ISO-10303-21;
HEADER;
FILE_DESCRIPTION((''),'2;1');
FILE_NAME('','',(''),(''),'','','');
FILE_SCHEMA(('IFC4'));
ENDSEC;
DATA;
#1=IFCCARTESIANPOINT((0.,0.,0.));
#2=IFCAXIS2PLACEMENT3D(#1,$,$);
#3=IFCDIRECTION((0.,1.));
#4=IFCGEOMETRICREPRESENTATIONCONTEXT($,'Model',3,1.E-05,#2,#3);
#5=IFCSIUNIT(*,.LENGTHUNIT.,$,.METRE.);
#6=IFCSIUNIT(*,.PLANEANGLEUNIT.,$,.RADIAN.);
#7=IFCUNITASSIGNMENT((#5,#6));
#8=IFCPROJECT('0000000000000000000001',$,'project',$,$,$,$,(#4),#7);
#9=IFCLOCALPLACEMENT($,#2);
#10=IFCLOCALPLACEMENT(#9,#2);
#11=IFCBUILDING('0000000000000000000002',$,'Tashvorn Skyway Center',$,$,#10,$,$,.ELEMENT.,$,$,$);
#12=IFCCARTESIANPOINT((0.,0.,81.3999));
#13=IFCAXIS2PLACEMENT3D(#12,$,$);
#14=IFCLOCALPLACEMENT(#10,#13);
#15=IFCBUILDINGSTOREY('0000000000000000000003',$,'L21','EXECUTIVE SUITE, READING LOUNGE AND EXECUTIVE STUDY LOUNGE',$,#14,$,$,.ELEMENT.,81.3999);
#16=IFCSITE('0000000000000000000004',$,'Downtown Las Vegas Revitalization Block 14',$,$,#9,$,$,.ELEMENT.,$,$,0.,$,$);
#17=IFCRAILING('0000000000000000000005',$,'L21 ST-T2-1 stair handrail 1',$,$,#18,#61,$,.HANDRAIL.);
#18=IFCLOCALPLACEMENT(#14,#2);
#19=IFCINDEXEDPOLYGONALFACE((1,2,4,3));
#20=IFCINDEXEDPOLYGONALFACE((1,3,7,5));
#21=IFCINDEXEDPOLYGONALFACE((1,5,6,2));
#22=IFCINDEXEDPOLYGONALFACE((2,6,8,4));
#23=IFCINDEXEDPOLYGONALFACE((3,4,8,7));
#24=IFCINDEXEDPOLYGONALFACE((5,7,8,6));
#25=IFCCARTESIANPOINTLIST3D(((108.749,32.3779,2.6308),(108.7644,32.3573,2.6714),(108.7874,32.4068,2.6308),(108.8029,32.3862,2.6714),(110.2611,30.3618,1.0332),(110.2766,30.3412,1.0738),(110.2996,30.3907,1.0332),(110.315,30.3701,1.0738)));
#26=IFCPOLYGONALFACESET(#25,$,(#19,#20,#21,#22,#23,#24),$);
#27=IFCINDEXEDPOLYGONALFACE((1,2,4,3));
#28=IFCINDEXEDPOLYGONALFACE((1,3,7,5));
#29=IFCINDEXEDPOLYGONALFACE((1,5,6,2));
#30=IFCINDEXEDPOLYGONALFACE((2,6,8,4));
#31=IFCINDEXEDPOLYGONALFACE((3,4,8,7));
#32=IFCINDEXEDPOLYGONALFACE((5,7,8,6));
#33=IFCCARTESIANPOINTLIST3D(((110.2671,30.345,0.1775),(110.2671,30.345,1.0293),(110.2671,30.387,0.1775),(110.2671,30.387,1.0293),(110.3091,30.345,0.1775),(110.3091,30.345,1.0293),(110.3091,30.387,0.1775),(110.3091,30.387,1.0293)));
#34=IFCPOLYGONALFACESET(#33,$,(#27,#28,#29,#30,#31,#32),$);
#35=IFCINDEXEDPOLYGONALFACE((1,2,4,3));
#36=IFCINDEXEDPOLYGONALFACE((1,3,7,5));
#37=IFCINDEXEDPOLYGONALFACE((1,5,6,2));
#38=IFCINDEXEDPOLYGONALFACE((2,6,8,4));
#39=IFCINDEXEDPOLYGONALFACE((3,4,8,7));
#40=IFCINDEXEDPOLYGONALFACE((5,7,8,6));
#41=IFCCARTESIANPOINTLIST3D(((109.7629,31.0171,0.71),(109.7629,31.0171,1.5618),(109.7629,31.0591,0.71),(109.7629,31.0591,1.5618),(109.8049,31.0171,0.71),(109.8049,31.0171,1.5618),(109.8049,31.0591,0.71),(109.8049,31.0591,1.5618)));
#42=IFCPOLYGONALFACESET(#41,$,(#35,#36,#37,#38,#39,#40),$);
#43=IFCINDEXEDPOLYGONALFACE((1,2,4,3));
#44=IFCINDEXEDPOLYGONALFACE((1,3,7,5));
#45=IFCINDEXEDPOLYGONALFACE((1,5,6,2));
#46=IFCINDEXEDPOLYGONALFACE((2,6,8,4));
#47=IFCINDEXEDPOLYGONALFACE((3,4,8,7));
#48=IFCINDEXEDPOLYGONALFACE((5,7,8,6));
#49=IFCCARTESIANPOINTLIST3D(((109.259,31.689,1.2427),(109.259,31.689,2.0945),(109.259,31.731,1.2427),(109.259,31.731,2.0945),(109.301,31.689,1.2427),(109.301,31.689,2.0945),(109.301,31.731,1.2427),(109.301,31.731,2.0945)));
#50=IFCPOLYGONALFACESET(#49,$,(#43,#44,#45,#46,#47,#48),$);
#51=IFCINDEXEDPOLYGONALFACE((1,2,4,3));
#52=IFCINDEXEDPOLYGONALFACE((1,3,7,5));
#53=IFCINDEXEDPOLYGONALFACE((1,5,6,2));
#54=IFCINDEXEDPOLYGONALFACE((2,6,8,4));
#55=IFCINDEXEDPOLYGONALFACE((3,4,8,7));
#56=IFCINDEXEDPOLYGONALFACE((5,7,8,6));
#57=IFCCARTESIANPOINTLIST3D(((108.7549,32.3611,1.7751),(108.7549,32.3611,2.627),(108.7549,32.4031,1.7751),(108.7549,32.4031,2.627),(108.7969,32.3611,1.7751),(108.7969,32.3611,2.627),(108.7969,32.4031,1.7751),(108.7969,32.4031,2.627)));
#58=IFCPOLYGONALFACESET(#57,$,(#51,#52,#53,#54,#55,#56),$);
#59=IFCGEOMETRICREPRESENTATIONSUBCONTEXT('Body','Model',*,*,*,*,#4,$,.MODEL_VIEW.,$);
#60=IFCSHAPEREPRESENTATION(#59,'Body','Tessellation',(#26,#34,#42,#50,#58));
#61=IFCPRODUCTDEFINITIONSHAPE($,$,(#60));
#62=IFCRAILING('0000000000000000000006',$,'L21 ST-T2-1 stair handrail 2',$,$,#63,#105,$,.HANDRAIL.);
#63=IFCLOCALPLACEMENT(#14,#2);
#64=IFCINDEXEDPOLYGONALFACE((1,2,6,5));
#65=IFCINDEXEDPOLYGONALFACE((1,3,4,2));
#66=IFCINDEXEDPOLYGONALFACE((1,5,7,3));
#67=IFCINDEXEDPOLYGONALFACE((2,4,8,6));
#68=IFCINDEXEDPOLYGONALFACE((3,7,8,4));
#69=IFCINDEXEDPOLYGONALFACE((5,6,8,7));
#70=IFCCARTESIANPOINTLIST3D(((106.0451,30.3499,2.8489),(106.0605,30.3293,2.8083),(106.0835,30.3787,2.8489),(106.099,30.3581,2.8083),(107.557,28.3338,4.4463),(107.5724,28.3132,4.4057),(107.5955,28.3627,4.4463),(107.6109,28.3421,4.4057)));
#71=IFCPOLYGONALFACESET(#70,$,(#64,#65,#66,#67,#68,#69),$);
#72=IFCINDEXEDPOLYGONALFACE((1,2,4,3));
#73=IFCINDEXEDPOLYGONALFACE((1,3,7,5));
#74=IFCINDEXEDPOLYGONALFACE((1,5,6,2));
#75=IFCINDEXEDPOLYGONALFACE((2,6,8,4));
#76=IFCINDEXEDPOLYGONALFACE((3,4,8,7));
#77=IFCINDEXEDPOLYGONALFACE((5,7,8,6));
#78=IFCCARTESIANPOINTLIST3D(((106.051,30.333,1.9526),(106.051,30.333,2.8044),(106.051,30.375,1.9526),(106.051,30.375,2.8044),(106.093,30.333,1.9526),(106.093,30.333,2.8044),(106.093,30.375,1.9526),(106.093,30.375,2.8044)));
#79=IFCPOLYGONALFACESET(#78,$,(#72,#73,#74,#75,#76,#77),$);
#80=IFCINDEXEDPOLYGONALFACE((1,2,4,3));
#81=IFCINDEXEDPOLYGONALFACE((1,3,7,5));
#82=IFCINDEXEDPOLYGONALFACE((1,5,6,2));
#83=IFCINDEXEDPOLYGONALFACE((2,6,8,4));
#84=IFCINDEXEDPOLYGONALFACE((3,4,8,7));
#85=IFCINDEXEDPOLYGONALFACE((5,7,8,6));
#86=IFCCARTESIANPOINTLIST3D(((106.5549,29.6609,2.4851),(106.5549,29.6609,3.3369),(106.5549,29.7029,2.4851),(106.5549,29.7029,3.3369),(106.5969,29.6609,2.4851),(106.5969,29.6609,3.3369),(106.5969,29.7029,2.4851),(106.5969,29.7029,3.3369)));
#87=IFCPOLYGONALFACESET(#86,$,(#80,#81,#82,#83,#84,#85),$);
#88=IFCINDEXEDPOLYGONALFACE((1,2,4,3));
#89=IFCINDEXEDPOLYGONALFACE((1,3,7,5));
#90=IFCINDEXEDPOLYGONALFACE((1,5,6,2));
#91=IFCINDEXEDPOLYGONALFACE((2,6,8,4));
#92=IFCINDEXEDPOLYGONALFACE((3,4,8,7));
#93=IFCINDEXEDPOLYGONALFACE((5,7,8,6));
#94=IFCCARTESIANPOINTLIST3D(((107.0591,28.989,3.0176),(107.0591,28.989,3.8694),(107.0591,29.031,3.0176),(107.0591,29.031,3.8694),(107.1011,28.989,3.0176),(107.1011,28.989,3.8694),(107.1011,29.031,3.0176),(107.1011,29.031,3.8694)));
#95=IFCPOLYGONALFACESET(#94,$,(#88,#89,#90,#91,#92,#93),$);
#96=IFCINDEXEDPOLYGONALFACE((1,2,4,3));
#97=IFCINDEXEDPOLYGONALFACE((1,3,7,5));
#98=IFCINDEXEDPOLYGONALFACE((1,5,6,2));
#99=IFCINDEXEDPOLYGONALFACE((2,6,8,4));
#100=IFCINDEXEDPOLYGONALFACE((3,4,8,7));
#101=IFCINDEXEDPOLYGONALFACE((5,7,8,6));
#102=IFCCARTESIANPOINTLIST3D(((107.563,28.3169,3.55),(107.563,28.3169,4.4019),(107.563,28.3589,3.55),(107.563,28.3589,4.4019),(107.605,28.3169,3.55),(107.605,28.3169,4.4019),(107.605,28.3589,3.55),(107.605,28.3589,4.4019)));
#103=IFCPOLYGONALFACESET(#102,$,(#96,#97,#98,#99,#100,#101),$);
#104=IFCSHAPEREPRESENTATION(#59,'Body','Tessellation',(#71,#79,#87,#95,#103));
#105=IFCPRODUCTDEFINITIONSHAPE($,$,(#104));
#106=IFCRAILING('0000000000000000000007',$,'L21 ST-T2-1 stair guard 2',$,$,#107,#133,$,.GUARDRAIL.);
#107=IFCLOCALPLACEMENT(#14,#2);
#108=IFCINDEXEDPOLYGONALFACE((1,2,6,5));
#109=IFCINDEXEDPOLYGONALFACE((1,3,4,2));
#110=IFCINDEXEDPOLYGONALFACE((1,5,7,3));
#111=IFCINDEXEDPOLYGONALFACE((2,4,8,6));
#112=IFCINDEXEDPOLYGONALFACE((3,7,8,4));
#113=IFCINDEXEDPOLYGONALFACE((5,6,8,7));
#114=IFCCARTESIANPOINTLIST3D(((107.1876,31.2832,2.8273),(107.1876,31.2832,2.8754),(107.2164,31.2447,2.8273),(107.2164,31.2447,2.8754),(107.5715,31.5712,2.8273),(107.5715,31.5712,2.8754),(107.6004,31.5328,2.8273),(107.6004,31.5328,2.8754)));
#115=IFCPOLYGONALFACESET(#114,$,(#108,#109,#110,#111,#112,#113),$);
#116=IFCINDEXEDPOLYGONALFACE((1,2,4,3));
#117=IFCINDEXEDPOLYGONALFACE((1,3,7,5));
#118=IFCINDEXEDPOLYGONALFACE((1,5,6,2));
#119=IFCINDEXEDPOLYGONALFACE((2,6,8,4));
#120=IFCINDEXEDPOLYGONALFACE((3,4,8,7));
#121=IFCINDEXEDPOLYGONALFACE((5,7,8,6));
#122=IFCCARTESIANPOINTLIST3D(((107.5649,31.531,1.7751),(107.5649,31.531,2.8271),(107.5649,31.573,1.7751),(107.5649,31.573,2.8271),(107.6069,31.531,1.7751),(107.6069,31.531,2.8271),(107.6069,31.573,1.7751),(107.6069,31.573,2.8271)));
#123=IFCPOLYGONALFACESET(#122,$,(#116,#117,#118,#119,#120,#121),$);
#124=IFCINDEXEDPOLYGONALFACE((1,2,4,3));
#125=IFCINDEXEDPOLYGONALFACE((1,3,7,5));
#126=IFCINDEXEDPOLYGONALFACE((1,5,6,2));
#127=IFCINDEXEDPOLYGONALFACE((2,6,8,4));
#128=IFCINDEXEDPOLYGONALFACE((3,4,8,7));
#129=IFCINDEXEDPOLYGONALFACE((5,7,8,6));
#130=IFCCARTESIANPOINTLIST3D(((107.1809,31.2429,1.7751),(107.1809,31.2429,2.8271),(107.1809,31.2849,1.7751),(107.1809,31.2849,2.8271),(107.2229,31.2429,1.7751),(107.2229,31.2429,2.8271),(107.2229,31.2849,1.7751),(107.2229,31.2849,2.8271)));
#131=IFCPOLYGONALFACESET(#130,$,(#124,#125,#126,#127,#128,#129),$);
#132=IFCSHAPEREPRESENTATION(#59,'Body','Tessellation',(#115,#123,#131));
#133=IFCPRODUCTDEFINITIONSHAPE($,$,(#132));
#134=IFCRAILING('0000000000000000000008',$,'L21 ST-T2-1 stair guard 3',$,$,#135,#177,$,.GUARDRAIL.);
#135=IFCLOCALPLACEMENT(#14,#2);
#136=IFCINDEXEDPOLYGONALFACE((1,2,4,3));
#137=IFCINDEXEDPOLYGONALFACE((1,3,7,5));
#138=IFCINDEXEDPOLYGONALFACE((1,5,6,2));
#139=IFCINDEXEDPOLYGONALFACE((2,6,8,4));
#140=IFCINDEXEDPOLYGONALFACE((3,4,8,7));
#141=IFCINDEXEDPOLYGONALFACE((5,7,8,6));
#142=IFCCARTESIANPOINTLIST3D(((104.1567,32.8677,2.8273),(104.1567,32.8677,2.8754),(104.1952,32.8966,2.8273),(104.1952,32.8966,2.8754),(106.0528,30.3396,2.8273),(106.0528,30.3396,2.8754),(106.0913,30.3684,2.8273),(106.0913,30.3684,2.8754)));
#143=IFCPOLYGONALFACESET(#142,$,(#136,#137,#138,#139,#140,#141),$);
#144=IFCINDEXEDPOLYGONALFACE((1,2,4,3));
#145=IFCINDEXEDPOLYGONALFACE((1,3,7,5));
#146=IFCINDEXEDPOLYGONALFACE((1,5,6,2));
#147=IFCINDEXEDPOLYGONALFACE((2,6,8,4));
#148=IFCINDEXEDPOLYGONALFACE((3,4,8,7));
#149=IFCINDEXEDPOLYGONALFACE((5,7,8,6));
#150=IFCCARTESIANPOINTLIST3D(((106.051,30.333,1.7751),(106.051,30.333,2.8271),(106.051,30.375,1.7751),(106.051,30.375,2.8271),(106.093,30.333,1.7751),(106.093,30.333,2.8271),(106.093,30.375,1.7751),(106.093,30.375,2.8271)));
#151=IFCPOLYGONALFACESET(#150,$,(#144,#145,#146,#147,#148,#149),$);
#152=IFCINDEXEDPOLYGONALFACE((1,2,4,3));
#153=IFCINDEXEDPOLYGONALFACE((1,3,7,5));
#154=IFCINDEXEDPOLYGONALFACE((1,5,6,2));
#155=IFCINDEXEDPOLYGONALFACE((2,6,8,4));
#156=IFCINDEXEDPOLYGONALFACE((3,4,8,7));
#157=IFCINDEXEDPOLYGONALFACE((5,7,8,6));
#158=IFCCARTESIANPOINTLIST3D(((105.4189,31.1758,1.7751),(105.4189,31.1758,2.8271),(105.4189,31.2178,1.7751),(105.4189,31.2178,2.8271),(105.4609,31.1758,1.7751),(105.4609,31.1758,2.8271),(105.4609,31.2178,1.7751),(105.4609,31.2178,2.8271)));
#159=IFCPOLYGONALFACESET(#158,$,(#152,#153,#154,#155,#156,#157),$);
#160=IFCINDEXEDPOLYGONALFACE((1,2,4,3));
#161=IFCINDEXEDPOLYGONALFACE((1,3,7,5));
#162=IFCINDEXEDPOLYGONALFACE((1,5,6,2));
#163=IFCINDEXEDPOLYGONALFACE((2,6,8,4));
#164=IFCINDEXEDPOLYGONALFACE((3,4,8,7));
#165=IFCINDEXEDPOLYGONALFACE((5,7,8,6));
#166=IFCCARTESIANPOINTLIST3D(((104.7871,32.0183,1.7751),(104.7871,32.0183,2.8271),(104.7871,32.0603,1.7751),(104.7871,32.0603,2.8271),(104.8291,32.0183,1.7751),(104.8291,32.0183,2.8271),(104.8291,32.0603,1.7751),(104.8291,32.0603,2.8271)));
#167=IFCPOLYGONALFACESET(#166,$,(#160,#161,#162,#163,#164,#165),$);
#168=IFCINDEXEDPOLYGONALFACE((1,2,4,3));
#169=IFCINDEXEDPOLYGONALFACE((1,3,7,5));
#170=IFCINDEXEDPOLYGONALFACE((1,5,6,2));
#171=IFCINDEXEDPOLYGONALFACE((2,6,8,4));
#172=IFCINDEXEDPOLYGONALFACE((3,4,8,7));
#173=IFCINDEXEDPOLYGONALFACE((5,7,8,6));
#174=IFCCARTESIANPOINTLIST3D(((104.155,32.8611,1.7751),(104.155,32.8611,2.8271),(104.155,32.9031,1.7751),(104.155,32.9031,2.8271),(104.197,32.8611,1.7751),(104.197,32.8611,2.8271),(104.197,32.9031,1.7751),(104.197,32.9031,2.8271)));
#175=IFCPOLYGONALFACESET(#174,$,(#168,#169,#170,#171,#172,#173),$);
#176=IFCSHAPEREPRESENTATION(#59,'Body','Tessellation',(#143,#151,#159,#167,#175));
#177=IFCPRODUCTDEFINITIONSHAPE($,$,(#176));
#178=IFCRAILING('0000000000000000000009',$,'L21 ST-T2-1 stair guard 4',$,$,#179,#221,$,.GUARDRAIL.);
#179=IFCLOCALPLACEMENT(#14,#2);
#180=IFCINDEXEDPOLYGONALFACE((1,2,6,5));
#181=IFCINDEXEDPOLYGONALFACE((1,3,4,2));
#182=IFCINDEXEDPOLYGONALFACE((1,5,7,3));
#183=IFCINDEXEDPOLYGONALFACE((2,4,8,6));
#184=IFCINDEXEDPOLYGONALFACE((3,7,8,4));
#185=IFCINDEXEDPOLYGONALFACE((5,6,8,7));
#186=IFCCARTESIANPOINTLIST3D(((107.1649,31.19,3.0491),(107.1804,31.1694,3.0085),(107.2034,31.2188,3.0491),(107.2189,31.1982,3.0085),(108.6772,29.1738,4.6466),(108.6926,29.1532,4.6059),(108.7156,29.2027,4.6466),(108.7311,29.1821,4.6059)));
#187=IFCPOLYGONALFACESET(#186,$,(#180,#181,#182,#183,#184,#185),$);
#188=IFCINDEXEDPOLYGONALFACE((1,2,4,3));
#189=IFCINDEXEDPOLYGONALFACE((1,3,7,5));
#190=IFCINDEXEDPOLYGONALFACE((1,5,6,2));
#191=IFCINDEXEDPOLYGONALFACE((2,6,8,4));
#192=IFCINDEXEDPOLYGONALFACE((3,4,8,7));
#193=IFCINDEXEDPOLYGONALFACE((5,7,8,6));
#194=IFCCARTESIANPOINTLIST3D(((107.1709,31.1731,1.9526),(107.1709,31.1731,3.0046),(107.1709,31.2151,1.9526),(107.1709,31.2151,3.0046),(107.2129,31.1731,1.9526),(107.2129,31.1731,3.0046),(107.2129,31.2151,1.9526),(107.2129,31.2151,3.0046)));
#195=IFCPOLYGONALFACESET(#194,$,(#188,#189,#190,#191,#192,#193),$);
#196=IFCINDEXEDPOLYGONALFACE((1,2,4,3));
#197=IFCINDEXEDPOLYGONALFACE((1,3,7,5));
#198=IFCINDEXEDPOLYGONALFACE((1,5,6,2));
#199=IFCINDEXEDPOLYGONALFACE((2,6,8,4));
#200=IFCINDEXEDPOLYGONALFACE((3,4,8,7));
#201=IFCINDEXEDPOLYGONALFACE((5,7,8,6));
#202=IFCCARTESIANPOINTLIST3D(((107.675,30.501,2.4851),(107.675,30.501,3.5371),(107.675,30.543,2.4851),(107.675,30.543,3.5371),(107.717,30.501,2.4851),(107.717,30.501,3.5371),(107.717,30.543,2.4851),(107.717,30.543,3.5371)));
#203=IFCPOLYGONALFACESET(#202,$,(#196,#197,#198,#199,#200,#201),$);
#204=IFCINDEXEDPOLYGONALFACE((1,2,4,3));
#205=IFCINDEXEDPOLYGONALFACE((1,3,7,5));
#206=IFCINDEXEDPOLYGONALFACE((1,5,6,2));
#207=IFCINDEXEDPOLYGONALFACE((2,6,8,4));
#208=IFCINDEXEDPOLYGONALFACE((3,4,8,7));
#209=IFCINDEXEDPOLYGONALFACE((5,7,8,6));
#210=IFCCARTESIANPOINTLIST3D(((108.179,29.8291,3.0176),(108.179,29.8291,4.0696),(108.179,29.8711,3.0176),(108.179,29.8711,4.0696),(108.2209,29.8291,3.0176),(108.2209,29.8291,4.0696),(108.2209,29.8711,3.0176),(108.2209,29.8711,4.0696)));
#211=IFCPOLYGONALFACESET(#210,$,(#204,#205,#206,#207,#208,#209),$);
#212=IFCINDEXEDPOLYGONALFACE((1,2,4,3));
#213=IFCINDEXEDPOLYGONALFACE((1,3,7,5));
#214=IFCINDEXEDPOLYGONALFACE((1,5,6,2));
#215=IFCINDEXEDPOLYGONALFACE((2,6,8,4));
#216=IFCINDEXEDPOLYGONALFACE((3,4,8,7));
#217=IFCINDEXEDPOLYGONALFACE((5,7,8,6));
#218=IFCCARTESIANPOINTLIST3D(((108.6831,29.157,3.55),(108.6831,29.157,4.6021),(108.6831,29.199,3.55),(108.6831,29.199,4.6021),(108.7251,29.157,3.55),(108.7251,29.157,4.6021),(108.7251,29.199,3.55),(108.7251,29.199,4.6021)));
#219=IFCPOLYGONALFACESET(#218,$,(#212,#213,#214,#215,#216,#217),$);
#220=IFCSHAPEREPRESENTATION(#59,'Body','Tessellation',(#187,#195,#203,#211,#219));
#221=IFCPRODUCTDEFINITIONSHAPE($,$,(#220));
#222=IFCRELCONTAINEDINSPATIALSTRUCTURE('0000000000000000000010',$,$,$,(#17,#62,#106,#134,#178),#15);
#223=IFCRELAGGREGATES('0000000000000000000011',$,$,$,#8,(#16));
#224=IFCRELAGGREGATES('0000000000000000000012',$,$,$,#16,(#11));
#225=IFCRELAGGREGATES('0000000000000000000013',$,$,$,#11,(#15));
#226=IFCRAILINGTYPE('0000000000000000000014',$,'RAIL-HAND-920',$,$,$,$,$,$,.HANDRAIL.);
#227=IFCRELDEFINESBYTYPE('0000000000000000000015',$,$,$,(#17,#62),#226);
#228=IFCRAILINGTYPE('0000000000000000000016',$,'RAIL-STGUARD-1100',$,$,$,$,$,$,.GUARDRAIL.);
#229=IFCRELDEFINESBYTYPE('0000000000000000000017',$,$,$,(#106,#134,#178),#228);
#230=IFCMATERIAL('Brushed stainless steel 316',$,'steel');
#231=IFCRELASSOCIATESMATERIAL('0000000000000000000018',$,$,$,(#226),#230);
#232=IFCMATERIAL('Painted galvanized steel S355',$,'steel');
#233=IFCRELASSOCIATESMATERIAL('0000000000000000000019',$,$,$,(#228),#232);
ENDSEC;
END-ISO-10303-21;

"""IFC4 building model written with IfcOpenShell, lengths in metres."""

from ifc_helpers import new_model, si_unit, direction, frame, origin, origin_2d, place, context, subcontext, project, spatial, rectangle, extrude, material, type_object, element, save


model = new_model("IFC4")

# Units and contexts
model_context = context("Model", 3, precision=1e-05, world=origin(), true_north=direction((0.0, 1.0)))
body_context = subcontext(model_context, "Body", "Model", "MODEL_VIEW")
ifc_project = project(units=[si_unit("LENGTHUNIT", "METRE"), si_unit("PLANEANGLEUNIT", "RADIAN")], contexts=[model_context])

# Site, building, storey
site_placement = place(None, origin())
site = spatial("IfcSite", under=ifc_project, at=site_placement, Name="Downtown Las Vegas Revitalization Block 14", CompositionType="ELEMENT", RefElevation=0.0)
building_placement = place(site_placement, origin())
building = spatial("IfcBuilding", under=site, at=building_placement, Name="Tashvorn Skyway Center", CompositionType="ELEMENT")
storey_placement = place(building_placement, frame((0.0, 0.0, 81.3999)))
storey = spatial("IfcBuildingStorey", under=building, at=storey_placement, Name="L21", Description="EXECUTIVE SUITE, READING LOUNGE AND EXECUTIVE STUDY LOUNGE", CompositionType="ELEMENT", Elevation=81.3999)

# Railings
ifc_material_1 = material(Name="Brushed stainless steel 316", Category="steel")
railing_type_1 = type_object("IfcRailingType", Name="RAIL-HAND-920", PredefinedType="HANDRAIL", material=ifc_material_1)
railing_1_placement = place(storey_placement, frame((110.2881, 30.366, 0.1775)))
element("IfcRailing", 1, at=railing_1_placement, inside=storey, type_object=railing_type_1, Name="L21 ST-T2-1 stair handrail 1", PredefinedType="HANDRAIL", context=body_context, shape_type="SweptSolid", body=[
    extrude(rectangle(XDim=0.0481, YDim=0.0481, at=origin_2d()), frame((0.0, 0.0, 0.876), z_axis=(-0.506779, 0.675651, 0.535416), x_axis=(-0.799977, -0.600031, 0.0)), (0.0, 0.0, 1.0), 2.9839),
    extrude(rectangle(XDim=0.042, YDim=0.042, at=origin_2d()), origin(), (0.0, 0.0, 1.0), 0.8518),
    extrude(rectangle(XDim=0.042, YDim=0.042, at=origin_2d()), frame((-0.5042, 0.6721, 0.5325)), (0.0, 0.0, 1.0), 0.8518),
    extrude(rectangle(XDim=0.042, YDim=0.042, at=origin_2d()), frame((-1.0081, 1.344, 1.0652)), (0.0, 0.0, 1.0), 0.8518),
    extrude(rectangle(XDim=0.042, YDim=0.042, at=origin_2d()), frame((-1.5122, 2.0161, 1.5977)), (0.0, 0.0, 1.0), 0.8518),
])
railing_2_placement = place(storey_placement, frame((106.072, 30.354, 1.9526)))
element("IfcRailing", 2, at=railing_2_placement, inside=storey, type_object=railing_type_1, Name="L21 ST-T2-1 stair handrail 2", PredefinedType="HANDRAIL", context=body_context, shape_type="SweptSolid", body=[
    extrude(rectangle(XDim=0.0481, YDim=0.0481, at=origin_2d()), frame((0.0, 0.0, 0.876), z_axis=(0.506741, -0.675709, 0.535379), x_axis=(0.800023, 0.599969, 0.0)), (0.0, 0.0, 1.0), 2.9836),
    extrude(rectangle(XDim=0.042, YDim=0.042, at=origin_2d()), origin(), (0.0, 0.0, 1.0), 0.8518),
    extrude(rectangle(XDim=0.042, YDim=0.042, at=origin_2d()), frame((0.5039, -0.6721, 0.5325)), (0.0, 0.0, 1.0), 0.8518),
    extrude(rectangle(XDim=0.042, YDim=0.042, at=origin_2d()), frame((1.0081, -1.344, 1.0649)), (0.0, 0.0, 1.0), 0.8518),
    extrude(rectangle(XDim=0.042, YDim=0.042, at=origin_2d()), frame((1.512, -2.0161, 1.5974)), (0.0, 0.0, 1.0), 0.8518),
])
ifc_material_2 = material(Name="Painted galvanized steel S355", Category="steel")
railing_type_2 = type_object("IfcRailingType", Name="RAIL-STGUARD-1100", PredefinedType="GUARDRAIL", material=ifc_material_2)
railing_3_placement = place(storey_placement, frame((107.5859, 31.552, 1.7751)))
element("IfcRailing", 3, at=railing_3_placement, inside=storey, type_object=railing_type_2, Name="L21 ST-T2-1 stair guard 2", PredefinedType="GUARDRAIL", context=body_context, shape_type="SweptSolid", body=[
    extrude(rectangle(XDim=0.0481, YDim=0.0481, at=origin_2d()), frame((0.0, 0.0, 1.0762), z_axis=(-0.799939, -0.600081, 0.0), x_axis=(0.600081, -0.799939, 0.0)), (0.0, 0.0, 1.0), 0.48),
    extrude(rectangle(XDim=0.042, YDim=0.042, at=origin_2d()), origin(), (0.0, 0.0, 1.0), 1.052),
    extrude(rectangle(XDim=0.042, YDim=0.042, at=origin_2d()), frame((-0.384, -0.2881, 0.0)), (0.0, 0.0, 1.0), 1.052),
])
railing_4_placement = place(storey_placement, frame((106.072, 30.354, 1.7751)))
element("IfcRailing", 4, at=railing_4_placement, inside=storey, type_object=railing_type_2, Name="L21 ST-T2-1 stair guard 3", PredefinedType="GUARDRAIL", context=body_context, shape_type="SweptSolid", body=[
    extrude(rectangle(XDim=0.0481, YDim=0.0481, at=origin_2d()), frame((0.0, 0.0, 1.0762), z_axis=(-0.599988, 0.800009, 0.0), x_axis=(-0.800009, -0.599988, 0.0)), (0.0, 0.0, 1.0), 3.1602),
    extrude(rectangle(XDim=0.042, YDim=0.042, at=origin_2d()), origin(), (0.0, 0.0, 1.0), 1.052),
    extrude(rectangle(XDim=0.042, YDim=0.042, at=origin_2d()), frame((-0.6321, 0.8428, 0.0)), (0.0, 0.0, 1.0), 1.052),
    extrude(rectangle(XDim=0.042, YDim=0.042, at=origin_2d()), frame((-1.2639, 1.6853, 0.0)), (0.0, 0.0, 1.0), 1.052),
    extrude(rectangle(XDim=0.042, YDim=0.042, at=origin_2d()), frame((-1.896, 2.5281, 0.0)), (0.0, 0.0, 1.0), 1.052),
])
railing_5_placement = place(storey_placement, frame((107.1919, 31.1941, 1.9526)))
element("IfcRailing", 5, at=railing_5_placement, inside=storey, type_object=railing_type_2, Name="L21 ST-T2-1 stair guard 4", PredefinedType="GUARDRAIL", context=body_context, shape_type="SweptSolid", body=[
    extrude(rectangle(XDim=0.0481, YDim=0.0481, at=origin_2d()), frame((0.0, 0.0, 1.0762), z_axis=(0.506802, -0.675681, 0.535357), x_axis=(0.799977, 0.600031, 0.0)), (0.0, 0.0, 1.0), 2.9839),
    extrude(rectangle(XDim=0.042, YDim=0.042, at=origin_2d()), origin(), (0.0, 0.0, 1.0), 1.052),
    extrude(rectangle(XDim=0.042, YDim=0.042, at=origin_2d()), frame((0.5042, -0.6721, 0.5325)), (0.0, 0.0, 1.0), 1.052),
    extrude(rectangle(XDim=0.042, YDim=0.042, at=origin_2d()), frame((1.0081, -1.344, 1.0649)), (0.0, 0.0, 1.0), 1.052),
    extrude(rectangle(XDim=0.042, YDim=0.042, at=origin_2d()), frame((1.5122, -2.0161, 1.5974)), (0.0, 0.0, 1.0), 1.052),
])

save(model, "model.ifc")
